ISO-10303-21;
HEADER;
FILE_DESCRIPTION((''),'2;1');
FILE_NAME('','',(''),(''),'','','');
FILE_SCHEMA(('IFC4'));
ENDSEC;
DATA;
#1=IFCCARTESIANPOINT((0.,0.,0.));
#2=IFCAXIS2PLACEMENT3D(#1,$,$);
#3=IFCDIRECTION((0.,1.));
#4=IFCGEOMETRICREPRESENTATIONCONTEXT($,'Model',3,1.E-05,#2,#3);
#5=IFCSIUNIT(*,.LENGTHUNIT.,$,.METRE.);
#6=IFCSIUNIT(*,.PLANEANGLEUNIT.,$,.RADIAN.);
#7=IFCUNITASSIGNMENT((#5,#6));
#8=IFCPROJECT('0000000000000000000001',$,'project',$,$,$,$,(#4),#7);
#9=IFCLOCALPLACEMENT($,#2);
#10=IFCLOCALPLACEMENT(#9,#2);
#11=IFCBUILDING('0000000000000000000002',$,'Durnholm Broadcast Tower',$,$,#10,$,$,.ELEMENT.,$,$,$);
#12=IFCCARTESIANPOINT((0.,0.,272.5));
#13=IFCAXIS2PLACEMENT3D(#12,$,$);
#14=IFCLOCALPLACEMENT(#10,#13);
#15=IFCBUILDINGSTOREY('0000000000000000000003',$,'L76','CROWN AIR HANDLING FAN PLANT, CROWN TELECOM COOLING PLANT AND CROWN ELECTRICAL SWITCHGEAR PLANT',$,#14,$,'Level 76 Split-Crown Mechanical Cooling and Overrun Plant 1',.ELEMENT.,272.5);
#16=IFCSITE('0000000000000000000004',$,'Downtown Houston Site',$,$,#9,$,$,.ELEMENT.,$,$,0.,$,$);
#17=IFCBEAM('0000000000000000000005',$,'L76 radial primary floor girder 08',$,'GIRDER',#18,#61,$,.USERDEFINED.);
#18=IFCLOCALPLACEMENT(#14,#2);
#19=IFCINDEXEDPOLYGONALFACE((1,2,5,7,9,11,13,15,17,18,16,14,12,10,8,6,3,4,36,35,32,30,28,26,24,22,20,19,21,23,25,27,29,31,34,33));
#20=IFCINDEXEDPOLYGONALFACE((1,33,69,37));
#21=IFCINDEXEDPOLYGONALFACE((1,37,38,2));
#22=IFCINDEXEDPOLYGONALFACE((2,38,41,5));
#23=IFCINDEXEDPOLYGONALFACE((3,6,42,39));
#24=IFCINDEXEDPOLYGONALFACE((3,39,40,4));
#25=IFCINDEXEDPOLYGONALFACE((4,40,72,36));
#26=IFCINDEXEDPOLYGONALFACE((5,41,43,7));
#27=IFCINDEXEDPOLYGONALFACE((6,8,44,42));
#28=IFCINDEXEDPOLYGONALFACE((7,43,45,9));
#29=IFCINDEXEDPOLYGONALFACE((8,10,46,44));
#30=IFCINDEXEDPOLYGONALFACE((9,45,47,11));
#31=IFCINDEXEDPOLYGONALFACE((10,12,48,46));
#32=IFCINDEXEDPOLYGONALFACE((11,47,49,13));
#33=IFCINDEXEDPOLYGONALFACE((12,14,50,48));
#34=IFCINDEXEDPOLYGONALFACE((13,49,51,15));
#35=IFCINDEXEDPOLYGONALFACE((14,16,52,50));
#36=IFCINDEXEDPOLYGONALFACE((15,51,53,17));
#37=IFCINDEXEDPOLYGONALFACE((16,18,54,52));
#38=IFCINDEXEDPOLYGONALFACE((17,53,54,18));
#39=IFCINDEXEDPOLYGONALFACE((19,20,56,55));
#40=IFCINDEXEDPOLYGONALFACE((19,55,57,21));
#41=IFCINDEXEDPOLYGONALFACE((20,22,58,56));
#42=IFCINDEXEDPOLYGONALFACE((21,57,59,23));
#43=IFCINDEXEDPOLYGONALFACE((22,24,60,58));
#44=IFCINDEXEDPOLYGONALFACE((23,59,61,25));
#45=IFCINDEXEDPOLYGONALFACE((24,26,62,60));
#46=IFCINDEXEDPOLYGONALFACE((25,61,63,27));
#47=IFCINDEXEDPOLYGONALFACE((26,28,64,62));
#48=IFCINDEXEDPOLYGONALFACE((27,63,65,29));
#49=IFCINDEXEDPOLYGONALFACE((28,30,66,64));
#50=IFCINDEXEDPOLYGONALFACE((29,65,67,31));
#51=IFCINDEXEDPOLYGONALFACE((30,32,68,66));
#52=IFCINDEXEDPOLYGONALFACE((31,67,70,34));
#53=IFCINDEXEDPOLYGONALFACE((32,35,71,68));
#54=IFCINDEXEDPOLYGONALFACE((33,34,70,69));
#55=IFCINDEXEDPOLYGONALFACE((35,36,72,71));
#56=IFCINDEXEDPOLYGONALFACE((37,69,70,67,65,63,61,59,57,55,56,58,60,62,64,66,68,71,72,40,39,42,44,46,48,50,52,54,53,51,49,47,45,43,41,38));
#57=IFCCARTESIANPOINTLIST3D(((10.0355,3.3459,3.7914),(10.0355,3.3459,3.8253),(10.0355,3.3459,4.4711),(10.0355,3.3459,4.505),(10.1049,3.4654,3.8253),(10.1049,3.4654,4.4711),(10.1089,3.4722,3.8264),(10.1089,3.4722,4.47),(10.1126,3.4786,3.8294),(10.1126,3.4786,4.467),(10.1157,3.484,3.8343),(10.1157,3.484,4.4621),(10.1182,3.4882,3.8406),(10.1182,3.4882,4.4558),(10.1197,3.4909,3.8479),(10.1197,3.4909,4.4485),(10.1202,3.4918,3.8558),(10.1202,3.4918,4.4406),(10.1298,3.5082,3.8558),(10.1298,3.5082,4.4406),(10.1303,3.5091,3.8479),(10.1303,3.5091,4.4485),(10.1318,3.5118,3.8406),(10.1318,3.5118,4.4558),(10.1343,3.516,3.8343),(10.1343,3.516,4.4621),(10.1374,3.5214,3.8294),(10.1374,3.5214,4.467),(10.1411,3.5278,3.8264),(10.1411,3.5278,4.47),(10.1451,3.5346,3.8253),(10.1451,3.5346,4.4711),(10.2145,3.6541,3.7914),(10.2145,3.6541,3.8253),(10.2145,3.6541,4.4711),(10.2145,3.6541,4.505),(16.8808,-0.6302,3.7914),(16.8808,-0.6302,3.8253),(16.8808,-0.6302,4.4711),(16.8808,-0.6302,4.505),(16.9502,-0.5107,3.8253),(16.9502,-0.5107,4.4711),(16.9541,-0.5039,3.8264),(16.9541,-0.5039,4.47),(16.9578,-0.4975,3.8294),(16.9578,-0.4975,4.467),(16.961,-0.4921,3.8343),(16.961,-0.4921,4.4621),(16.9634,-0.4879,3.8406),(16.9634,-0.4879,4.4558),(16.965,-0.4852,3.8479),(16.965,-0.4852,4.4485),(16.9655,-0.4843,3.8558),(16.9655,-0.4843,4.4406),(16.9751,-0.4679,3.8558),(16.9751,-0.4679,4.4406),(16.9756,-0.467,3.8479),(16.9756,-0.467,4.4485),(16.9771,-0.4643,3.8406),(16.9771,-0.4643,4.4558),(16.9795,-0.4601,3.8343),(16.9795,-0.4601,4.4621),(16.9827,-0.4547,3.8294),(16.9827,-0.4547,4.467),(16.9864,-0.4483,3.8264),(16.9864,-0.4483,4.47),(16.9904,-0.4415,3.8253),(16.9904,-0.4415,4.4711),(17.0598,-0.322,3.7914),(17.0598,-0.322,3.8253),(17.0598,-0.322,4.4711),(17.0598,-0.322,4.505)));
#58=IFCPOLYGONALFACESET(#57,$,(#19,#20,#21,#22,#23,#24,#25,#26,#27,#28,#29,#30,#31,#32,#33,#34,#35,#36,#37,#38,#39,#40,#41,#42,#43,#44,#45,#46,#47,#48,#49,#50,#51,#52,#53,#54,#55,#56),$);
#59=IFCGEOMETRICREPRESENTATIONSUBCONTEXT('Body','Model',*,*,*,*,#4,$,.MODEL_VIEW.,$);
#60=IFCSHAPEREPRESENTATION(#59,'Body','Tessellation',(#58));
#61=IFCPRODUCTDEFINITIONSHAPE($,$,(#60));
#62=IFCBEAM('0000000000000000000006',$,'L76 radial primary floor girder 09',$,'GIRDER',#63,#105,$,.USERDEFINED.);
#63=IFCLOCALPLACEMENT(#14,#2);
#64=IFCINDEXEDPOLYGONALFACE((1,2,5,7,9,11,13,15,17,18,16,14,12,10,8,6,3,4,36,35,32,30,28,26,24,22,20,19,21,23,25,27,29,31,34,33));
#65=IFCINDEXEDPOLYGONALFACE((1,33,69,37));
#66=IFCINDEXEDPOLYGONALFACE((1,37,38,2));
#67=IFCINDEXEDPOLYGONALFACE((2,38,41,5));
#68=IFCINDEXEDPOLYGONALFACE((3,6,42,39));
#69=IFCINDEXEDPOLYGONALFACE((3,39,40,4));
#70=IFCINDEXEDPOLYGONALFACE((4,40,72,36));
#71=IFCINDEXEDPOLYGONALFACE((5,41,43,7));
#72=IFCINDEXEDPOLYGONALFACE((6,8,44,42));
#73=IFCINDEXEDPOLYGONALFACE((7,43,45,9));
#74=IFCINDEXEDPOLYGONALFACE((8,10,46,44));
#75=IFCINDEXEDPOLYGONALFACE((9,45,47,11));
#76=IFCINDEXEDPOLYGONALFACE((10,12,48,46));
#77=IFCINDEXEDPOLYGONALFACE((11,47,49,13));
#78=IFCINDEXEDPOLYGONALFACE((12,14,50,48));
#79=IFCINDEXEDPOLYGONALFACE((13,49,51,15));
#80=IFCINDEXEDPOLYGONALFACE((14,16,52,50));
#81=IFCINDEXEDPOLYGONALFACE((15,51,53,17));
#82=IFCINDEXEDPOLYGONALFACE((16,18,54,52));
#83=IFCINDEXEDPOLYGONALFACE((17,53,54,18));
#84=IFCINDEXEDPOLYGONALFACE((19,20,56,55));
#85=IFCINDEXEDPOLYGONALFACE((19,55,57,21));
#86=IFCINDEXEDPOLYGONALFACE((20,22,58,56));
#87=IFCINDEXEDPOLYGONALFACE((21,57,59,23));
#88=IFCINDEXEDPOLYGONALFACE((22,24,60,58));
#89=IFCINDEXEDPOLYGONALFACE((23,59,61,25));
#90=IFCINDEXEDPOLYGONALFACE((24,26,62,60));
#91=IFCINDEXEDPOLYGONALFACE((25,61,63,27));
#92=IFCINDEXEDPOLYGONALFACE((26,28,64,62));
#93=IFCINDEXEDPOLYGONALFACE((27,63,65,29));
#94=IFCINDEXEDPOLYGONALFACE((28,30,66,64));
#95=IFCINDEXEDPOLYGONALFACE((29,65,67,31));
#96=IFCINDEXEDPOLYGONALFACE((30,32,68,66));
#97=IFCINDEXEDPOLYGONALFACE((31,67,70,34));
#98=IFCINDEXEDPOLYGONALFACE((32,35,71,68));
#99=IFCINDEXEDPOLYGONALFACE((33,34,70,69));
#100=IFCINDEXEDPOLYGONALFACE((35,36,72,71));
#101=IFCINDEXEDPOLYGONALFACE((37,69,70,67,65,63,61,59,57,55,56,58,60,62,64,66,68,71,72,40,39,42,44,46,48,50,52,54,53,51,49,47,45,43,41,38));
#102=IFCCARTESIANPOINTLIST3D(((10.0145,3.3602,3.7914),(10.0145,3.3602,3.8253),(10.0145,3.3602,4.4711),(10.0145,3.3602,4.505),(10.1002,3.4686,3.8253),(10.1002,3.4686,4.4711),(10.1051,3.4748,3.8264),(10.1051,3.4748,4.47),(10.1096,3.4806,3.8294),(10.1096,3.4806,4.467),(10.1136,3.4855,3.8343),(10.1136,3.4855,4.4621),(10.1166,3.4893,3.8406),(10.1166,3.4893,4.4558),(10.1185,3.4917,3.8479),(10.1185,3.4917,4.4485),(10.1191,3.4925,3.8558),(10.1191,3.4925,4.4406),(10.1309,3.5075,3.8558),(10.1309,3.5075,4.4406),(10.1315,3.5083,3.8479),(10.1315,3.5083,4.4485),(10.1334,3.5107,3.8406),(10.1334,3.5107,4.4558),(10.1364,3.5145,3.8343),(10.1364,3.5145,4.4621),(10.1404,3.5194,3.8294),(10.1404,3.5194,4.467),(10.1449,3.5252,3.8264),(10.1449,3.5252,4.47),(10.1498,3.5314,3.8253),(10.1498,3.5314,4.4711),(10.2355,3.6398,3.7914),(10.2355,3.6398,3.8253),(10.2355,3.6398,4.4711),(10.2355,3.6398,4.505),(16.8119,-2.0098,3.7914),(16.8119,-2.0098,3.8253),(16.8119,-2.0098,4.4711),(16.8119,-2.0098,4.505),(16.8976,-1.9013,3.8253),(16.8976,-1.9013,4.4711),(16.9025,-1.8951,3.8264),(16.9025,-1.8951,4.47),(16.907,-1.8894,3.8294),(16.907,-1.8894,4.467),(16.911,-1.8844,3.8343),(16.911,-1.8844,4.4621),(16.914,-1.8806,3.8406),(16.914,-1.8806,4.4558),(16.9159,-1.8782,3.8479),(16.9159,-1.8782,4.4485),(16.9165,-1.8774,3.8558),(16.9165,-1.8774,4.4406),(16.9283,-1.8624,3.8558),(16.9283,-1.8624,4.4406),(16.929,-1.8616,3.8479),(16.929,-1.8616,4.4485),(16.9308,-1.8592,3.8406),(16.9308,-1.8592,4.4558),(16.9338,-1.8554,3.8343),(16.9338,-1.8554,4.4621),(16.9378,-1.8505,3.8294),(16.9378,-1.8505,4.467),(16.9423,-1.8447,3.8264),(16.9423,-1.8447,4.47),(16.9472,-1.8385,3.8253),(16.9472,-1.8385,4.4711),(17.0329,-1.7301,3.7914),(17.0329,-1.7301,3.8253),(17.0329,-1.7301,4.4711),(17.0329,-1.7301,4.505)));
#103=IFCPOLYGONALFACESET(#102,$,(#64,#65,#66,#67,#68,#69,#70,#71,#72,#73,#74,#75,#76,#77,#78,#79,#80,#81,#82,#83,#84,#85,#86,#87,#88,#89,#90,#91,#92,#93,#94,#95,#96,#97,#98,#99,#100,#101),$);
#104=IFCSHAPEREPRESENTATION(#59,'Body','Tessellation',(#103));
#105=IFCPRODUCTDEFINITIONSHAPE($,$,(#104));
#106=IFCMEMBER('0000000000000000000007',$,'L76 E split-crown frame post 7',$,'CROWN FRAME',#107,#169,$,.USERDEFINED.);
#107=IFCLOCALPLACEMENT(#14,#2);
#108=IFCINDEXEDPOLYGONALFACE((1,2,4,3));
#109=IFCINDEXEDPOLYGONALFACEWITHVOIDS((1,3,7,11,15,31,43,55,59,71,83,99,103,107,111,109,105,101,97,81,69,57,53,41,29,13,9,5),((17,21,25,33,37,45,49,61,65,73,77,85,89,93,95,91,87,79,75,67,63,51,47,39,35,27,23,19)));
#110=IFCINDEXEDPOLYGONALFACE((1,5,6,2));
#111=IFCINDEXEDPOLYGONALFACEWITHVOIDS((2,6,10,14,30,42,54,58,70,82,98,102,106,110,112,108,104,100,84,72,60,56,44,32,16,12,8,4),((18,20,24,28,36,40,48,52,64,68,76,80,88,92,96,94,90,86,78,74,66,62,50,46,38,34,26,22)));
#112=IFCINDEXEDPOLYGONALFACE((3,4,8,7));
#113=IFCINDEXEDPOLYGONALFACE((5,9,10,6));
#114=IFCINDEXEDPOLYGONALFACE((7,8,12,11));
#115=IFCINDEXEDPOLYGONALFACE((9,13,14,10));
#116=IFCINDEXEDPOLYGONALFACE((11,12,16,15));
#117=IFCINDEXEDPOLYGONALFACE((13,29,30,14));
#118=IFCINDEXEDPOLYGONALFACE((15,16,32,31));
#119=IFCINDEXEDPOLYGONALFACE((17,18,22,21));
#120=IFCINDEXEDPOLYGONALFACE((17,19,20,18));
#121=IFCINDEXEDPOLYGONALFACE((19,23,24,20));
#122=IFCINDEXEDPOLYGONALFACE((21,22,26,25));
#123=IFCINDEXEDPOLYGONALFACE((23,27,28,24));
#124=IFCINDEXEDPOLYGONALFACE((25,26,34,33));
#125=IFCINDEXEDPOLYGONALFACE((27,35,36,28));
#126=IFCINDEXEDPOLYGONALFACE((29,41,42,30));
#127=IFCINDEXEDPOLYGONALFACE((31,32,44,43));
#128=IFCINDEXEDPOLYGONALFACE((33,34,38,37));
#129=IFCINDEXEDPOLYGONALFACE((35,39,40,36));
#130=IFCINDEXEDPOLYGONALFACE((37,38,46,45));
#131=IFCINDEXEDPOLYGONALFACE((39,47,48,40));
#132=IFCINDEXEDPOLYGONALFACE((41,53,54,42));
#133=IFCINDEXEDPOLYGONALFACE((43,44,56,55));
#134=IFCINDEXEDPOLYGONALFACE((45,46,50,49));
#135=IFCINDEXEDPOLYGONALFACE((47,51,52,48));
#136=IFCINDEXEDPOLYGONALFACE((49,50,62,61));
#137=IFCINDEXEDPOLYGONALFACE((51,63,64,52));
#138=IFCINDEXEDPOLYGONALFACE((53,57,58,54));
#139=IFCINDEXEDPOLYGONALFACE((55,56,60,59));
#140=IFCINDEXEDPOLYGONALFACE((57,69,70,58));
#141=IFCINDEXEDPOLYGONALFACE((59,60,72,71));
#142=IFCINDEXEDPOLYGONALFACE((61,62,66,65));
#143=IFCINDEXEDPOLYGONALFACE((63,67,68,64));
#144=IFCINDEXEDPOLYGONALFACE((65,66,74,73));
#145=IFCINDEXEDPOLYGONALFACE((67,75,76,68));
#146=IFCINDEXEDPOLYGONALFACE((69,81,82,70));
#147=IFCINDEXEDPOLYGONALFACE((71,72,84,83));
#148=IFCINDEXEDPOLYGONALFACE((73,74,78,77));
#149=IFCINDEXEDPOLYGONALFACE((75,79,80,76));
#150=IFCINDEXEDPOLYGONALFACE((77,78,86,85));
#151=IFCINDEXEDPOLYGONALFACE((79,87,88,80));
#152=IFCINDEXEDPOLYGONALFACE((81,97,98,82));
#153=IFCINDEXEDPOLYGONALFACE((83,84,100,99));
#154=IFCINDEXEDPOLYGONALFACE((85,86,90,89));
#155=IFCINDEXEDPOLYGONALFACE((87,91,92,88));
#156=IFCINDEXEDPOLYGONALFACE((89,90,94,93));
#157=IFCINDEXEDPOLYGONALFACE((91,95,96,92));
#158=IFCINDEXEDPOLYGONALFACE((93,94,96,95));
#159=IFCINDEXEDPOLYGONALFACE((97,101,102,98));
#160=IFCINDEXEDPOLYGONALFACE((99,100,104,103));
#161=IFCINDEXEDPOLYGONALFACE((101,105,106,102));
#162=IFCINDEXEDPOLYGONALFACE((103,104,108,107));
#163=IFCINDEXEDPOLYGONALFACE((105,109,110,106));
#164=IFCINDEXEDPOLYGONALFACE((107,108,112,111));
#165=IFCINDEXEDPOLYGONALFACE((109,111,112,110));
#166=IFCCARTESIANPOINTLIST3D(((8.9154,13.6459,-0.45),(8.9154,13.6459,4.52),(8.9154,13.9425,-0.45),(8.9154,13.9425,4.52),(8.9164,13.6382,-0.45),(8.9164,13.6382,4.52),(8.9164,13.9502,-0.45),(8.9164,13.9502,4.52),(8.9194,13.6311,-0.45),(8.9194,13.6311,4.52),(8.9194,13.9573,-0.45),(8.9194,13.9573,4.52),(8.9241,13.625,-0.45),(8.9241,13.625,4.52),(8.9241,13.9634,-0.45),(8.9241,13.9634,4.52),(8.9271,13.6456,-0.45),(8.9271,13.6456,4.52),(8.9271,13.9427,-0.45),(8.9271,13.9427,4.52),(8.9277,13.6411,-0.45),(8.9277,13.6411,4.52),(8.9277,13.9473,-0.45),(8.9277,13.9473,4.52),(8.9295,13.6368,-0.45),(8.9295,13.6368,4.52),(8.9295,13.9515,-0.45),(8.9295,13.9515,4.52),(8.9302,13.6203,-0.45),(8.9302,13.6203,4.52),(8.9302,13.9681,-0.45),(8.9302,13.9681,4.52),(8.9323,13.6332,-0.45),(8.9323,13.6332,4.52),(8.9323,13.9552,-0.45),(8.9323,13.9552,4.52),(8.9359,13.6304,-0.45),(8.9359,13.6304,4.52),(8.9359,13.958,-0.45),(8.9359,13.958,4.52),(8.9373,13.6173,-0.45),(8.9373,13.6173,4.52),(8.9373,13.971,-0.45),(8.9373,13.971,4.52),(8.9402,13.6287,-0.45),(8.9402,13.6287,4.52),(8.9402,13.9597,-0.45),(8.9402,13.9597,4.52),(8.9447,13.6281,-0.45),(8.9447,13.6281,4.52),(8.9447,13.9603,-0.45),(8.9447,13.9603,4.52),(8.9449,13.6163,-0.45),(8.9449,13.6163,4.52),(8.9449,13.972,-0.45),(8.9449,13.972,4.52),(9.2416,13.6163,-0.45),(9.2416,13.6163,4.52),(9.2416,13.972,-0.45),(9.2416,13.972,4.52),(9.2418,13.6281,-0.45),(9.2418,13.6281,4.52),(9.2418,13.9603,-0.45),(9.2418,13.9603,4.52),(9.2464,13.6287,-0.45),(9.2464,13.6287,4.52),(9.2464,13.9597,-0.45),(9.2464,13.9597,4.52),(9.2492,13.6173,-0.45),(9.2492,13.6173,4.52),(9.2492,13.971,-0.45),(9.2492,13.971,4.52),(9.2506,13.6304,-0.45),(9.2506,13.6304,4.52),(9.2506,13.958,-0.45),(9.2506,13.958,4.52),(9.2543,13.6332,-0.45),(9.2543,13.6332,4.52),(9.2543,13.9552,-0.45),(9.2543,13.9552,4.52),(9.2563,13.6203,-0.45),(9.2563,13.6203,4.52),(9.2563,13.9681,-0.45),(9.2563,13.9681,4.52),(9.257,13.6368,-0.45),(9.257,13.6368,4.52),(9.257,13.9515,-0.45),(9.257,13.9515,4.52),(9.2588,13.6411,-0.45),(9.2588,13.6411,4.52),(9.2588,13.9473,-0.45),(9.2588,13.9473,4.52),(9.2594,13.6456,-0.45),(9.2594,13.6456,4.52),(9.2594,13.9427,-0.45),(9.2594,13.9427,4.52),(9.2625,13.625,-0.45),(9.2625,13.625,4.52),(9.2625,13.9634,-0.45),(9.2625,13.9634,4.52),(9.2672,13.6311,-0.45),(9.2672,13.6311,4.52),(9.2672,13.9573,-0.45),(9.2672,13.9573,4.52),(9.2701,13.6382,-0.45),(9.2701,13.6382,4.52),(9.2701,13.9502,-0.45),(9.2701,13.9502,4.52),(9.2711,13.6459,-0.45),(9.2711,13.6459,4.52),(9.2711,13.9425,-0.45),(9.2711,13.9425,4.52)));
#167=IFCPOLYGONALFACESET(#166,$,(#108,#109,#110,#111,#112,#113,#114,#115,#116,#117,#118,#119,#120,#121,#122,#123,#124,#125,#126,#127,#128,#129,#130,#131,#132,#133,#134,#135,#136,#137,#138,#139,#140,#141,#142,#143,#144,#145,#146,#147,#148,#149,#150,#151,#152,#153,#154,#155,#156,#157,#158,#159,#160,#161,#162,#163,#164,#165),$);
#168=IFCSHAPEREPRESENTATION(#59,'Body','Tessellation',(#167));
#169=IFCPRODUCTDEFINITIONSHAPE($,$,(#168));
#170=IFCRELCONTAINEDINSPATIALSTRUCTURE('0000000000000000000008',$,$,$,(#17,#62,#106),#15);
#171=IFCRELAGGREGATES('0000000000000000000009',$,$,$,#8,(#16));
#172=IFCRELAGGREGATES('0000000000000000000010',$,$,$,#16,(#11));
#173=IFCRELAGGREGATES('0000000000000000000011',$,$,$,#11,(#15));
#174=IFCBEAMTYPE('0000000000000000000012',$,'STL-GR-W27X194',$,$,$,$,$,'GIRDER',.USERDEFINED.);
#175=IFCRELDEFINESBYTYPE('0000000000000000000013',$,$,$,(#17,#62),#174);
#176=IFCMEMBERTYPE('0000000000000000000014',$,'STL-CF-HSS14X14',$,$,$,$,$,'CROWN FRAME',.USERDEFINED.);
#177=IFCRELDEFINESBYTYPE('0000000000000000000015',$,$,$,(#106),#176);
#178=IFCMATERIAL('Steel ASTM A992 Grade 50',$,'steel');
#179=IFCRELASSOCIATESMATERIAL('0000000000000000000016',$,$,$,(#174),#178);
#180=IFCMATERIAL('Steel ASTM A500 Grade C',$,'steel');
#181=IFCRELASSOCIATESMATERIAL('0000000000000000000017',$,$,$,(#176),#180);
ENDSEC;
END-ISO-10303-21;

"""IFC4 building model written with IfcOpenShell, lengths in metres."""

from ifc_helpers import new_model, si_unit, direction, frame, origin, origin_2d, place, context, subcontext, project, spatial, hollow_rectangle, i_section, extrude, source, transform, mapped, material, material_profile, profile_set, type_object, type_shapes, element, save


model = new_model("IFC4")

# Units and contexts
model_context = context("Model", 3, precision=1e-05, world=origin(), true_north=direction((0.0, 1.0)))
body_context = subcontext(model_context, "Body", "Model", "MODEL_VIEW")
ifc_project = project(units=[si_unit("LENGTHUNIT", "METRE"), si_unit("PLANEANGLEUNIT", "RADIAN")], contexts=[model_context])

# Site, building, storey
site_placement = place(None, origin())
site = spatial("IfcSite", under=ifc_project, at=site_placement, Name="Downtown Houston Site", CompositionType="ELEMENT", RefElevation=0.0)
building_placement = place(site_placement, origin())
building = spatial("IfcBuilding", under=site, at=building_placement, Name="Durnholm Broadcast Tower", CompositionType="ELEMENT")
storey_placement = place(building_placement, frame((0.0, 0.0, 272.5)))
storey = spatial("IfcBuildingStorey", under=building, at=storey_placement, Name="L76", Description="CROWN AIR HANDLING FAN PLANT, CROWN TELECOM COOLING PLANT AND CROWN ELECTRICAL SWITCHGEAR PLANT", LongName="Level 76 Split-Crown Mechanical Cooling and Overrun Plant 1", CompositionType="ELEMENT", Elevation=272.5)

# Beams
ifc_material_1 = material(Name="Steel ASTM A992 Grade 50", Category="steel")
ifc_material_profile_1 = material_profile(ifc_material_1, i_section(OverallWidth=0.3564, OverallDepth=0.7136, WebThickness=0.019, FlangeThickness=0.0339, FilletRadius=0.0305, at=origin_2d()), Name="W27X194")
ifc_profile_set_1 = profile_set([ifc_material_profile_1], Name="Steel ASTM A992 Grade 50")
beam_type_1 = type_object("IfcBeamType", Name="STL-GR-W27X194", ElementType="GIRDER", PredefinedType="USERDEFINED", material=ifc_profile_set_1)
shared_shape_1 = source(origin(), body_context, "Body", "SweptSolid", [
    extrude(i_section(OverallWidth=0.3564, OverallDepth=0.7136, WebThickness=0.019, FlangeThickness=0.0339, FilletRadius=0.0305, at=origin_2d()), origin(), (0.0, 0.0, 1.0), 7.9163),
])
beam_1_placement = place(storey_placement, frame((10.125, 3.5, 4.1482), z_axis=(0.86471, -0.502271, 0.0), x_axis=(0.502271, 0.86471, 0.0)))
element("IfcBeam", 1, at=beam_1_placement, inside=storey, type_object=beam_type_1, Name="L76 radial primary floor girder 08", ObjectType="GIRDER", PredefinedType="USERDEFINED", context=body_context, shape_type="MappedRepresentation", body=[
    mapped(shared_shape_1, transform((0.0, 0.0, 0.0), x_axis=(1.0, 0.0, 0.0), y_axis=(0.0, 1.0, 0.0), z_axis=(0.0, 0.0, 1.0), scale=1.0)),
])
shared_shape_2 = source(origin(), body_context, "Body", "SweptSolid", [
    extrude(i_section(OverallWidth=0.3564, OverallDepth=0.7136, WebThickness=0.019, FlangeThickness=0.0339, FilletRadius=0.0305, at=origin_2d()), origin(), (0.0, 0.0, 1.0), 8.6626),
])
beam_2_placement = place(storey_placement, frame((10.125, 3.5, 4.1482), z_axis=(0.784684, -0.619896, 0.0), x_axis=(0.619896, 0.784684, 0.0)))
element("IfcBeam", 2, at=beam_2_placement, inside=storey, type_object=beam_type_1, Name="L76 radial primary floor girder 09", ObjectType="GIRDER", PredefinedType="USERDEFINED", context=body_context, shape_type="MappedRepresentation", body=[
    mapped(shared_shape_2, transform((0.0, 0.0, 0.0), x_axis=(1.0, 0.0, 0.0), y_axis=(0.0, 1.0, 0.0), z_axis=(0.0, 0.0, 1.0), scale=1.0)),
])

# Member
ifc_material_2 = material(Name="Steel ASTM A500 Grade C", Category="steel")
ifc_material_profile_2 = material_profile(ifc_material_2, hollow_rectangle(XDim=0.3557, YDim=0.3557, WallThickness=0.0117, InnerFilletRadius=0.0176, OuterFilletRadius=0.0295, at=origin_2d()), Name="HSS14X14X1/2")
ifc_profile_set_2 = profile_set([ifc_material_profile_2], Name="Steel ASTM A500 Grade C")
member_type_1 = type_object("IfcMemberType", Name="STL-CF-HSS14X14", ElementType="CROWN FRAME", PredefinedType="USERDEFINED", material=ifc_profile_set_2)
shared_shape_3 = source(origin(), body_context, "Body", "SweptSolid", [
    extrude(hollow_rectangle(XDim=0.3557, YDim=0.3557, WallThickness=0.0117, InnerFilletRadius=0.0176, OuterFilletRadius=0.0295, at=origin_2d()), origin(), (0.0, 0.0, 1.0), 4.97),
])
type_shapes(member_type_1, [shared_shape_3])
member_1_placement = place(storey_placement, frame((9.0933, 13.7942, -0.45), z_axis=(0.0, 0.0, 1.0), x_axis=(1.0, 0.0, 0.0)))
element("IfcMember", 3, at=member_1_placement, inside=storey, type_object=member_type_1, Name="L76 E split-crown frame post 7", ObjectType="CROWN FRAME", PredefinedType="USERDEFINED", context=body_context, shape_type="MappedRepresentation", body=[
    mapped(shared_shape_3, transform((0.0, 0.0, 0.0), x_axis=(1.0, 0.0, 0.0), y_axis=(0.0, 1.0, 0.0), z_axis=(0.0, 0.0, 1.0), scale=1.0)),
])

save(model, "model.ifc")
